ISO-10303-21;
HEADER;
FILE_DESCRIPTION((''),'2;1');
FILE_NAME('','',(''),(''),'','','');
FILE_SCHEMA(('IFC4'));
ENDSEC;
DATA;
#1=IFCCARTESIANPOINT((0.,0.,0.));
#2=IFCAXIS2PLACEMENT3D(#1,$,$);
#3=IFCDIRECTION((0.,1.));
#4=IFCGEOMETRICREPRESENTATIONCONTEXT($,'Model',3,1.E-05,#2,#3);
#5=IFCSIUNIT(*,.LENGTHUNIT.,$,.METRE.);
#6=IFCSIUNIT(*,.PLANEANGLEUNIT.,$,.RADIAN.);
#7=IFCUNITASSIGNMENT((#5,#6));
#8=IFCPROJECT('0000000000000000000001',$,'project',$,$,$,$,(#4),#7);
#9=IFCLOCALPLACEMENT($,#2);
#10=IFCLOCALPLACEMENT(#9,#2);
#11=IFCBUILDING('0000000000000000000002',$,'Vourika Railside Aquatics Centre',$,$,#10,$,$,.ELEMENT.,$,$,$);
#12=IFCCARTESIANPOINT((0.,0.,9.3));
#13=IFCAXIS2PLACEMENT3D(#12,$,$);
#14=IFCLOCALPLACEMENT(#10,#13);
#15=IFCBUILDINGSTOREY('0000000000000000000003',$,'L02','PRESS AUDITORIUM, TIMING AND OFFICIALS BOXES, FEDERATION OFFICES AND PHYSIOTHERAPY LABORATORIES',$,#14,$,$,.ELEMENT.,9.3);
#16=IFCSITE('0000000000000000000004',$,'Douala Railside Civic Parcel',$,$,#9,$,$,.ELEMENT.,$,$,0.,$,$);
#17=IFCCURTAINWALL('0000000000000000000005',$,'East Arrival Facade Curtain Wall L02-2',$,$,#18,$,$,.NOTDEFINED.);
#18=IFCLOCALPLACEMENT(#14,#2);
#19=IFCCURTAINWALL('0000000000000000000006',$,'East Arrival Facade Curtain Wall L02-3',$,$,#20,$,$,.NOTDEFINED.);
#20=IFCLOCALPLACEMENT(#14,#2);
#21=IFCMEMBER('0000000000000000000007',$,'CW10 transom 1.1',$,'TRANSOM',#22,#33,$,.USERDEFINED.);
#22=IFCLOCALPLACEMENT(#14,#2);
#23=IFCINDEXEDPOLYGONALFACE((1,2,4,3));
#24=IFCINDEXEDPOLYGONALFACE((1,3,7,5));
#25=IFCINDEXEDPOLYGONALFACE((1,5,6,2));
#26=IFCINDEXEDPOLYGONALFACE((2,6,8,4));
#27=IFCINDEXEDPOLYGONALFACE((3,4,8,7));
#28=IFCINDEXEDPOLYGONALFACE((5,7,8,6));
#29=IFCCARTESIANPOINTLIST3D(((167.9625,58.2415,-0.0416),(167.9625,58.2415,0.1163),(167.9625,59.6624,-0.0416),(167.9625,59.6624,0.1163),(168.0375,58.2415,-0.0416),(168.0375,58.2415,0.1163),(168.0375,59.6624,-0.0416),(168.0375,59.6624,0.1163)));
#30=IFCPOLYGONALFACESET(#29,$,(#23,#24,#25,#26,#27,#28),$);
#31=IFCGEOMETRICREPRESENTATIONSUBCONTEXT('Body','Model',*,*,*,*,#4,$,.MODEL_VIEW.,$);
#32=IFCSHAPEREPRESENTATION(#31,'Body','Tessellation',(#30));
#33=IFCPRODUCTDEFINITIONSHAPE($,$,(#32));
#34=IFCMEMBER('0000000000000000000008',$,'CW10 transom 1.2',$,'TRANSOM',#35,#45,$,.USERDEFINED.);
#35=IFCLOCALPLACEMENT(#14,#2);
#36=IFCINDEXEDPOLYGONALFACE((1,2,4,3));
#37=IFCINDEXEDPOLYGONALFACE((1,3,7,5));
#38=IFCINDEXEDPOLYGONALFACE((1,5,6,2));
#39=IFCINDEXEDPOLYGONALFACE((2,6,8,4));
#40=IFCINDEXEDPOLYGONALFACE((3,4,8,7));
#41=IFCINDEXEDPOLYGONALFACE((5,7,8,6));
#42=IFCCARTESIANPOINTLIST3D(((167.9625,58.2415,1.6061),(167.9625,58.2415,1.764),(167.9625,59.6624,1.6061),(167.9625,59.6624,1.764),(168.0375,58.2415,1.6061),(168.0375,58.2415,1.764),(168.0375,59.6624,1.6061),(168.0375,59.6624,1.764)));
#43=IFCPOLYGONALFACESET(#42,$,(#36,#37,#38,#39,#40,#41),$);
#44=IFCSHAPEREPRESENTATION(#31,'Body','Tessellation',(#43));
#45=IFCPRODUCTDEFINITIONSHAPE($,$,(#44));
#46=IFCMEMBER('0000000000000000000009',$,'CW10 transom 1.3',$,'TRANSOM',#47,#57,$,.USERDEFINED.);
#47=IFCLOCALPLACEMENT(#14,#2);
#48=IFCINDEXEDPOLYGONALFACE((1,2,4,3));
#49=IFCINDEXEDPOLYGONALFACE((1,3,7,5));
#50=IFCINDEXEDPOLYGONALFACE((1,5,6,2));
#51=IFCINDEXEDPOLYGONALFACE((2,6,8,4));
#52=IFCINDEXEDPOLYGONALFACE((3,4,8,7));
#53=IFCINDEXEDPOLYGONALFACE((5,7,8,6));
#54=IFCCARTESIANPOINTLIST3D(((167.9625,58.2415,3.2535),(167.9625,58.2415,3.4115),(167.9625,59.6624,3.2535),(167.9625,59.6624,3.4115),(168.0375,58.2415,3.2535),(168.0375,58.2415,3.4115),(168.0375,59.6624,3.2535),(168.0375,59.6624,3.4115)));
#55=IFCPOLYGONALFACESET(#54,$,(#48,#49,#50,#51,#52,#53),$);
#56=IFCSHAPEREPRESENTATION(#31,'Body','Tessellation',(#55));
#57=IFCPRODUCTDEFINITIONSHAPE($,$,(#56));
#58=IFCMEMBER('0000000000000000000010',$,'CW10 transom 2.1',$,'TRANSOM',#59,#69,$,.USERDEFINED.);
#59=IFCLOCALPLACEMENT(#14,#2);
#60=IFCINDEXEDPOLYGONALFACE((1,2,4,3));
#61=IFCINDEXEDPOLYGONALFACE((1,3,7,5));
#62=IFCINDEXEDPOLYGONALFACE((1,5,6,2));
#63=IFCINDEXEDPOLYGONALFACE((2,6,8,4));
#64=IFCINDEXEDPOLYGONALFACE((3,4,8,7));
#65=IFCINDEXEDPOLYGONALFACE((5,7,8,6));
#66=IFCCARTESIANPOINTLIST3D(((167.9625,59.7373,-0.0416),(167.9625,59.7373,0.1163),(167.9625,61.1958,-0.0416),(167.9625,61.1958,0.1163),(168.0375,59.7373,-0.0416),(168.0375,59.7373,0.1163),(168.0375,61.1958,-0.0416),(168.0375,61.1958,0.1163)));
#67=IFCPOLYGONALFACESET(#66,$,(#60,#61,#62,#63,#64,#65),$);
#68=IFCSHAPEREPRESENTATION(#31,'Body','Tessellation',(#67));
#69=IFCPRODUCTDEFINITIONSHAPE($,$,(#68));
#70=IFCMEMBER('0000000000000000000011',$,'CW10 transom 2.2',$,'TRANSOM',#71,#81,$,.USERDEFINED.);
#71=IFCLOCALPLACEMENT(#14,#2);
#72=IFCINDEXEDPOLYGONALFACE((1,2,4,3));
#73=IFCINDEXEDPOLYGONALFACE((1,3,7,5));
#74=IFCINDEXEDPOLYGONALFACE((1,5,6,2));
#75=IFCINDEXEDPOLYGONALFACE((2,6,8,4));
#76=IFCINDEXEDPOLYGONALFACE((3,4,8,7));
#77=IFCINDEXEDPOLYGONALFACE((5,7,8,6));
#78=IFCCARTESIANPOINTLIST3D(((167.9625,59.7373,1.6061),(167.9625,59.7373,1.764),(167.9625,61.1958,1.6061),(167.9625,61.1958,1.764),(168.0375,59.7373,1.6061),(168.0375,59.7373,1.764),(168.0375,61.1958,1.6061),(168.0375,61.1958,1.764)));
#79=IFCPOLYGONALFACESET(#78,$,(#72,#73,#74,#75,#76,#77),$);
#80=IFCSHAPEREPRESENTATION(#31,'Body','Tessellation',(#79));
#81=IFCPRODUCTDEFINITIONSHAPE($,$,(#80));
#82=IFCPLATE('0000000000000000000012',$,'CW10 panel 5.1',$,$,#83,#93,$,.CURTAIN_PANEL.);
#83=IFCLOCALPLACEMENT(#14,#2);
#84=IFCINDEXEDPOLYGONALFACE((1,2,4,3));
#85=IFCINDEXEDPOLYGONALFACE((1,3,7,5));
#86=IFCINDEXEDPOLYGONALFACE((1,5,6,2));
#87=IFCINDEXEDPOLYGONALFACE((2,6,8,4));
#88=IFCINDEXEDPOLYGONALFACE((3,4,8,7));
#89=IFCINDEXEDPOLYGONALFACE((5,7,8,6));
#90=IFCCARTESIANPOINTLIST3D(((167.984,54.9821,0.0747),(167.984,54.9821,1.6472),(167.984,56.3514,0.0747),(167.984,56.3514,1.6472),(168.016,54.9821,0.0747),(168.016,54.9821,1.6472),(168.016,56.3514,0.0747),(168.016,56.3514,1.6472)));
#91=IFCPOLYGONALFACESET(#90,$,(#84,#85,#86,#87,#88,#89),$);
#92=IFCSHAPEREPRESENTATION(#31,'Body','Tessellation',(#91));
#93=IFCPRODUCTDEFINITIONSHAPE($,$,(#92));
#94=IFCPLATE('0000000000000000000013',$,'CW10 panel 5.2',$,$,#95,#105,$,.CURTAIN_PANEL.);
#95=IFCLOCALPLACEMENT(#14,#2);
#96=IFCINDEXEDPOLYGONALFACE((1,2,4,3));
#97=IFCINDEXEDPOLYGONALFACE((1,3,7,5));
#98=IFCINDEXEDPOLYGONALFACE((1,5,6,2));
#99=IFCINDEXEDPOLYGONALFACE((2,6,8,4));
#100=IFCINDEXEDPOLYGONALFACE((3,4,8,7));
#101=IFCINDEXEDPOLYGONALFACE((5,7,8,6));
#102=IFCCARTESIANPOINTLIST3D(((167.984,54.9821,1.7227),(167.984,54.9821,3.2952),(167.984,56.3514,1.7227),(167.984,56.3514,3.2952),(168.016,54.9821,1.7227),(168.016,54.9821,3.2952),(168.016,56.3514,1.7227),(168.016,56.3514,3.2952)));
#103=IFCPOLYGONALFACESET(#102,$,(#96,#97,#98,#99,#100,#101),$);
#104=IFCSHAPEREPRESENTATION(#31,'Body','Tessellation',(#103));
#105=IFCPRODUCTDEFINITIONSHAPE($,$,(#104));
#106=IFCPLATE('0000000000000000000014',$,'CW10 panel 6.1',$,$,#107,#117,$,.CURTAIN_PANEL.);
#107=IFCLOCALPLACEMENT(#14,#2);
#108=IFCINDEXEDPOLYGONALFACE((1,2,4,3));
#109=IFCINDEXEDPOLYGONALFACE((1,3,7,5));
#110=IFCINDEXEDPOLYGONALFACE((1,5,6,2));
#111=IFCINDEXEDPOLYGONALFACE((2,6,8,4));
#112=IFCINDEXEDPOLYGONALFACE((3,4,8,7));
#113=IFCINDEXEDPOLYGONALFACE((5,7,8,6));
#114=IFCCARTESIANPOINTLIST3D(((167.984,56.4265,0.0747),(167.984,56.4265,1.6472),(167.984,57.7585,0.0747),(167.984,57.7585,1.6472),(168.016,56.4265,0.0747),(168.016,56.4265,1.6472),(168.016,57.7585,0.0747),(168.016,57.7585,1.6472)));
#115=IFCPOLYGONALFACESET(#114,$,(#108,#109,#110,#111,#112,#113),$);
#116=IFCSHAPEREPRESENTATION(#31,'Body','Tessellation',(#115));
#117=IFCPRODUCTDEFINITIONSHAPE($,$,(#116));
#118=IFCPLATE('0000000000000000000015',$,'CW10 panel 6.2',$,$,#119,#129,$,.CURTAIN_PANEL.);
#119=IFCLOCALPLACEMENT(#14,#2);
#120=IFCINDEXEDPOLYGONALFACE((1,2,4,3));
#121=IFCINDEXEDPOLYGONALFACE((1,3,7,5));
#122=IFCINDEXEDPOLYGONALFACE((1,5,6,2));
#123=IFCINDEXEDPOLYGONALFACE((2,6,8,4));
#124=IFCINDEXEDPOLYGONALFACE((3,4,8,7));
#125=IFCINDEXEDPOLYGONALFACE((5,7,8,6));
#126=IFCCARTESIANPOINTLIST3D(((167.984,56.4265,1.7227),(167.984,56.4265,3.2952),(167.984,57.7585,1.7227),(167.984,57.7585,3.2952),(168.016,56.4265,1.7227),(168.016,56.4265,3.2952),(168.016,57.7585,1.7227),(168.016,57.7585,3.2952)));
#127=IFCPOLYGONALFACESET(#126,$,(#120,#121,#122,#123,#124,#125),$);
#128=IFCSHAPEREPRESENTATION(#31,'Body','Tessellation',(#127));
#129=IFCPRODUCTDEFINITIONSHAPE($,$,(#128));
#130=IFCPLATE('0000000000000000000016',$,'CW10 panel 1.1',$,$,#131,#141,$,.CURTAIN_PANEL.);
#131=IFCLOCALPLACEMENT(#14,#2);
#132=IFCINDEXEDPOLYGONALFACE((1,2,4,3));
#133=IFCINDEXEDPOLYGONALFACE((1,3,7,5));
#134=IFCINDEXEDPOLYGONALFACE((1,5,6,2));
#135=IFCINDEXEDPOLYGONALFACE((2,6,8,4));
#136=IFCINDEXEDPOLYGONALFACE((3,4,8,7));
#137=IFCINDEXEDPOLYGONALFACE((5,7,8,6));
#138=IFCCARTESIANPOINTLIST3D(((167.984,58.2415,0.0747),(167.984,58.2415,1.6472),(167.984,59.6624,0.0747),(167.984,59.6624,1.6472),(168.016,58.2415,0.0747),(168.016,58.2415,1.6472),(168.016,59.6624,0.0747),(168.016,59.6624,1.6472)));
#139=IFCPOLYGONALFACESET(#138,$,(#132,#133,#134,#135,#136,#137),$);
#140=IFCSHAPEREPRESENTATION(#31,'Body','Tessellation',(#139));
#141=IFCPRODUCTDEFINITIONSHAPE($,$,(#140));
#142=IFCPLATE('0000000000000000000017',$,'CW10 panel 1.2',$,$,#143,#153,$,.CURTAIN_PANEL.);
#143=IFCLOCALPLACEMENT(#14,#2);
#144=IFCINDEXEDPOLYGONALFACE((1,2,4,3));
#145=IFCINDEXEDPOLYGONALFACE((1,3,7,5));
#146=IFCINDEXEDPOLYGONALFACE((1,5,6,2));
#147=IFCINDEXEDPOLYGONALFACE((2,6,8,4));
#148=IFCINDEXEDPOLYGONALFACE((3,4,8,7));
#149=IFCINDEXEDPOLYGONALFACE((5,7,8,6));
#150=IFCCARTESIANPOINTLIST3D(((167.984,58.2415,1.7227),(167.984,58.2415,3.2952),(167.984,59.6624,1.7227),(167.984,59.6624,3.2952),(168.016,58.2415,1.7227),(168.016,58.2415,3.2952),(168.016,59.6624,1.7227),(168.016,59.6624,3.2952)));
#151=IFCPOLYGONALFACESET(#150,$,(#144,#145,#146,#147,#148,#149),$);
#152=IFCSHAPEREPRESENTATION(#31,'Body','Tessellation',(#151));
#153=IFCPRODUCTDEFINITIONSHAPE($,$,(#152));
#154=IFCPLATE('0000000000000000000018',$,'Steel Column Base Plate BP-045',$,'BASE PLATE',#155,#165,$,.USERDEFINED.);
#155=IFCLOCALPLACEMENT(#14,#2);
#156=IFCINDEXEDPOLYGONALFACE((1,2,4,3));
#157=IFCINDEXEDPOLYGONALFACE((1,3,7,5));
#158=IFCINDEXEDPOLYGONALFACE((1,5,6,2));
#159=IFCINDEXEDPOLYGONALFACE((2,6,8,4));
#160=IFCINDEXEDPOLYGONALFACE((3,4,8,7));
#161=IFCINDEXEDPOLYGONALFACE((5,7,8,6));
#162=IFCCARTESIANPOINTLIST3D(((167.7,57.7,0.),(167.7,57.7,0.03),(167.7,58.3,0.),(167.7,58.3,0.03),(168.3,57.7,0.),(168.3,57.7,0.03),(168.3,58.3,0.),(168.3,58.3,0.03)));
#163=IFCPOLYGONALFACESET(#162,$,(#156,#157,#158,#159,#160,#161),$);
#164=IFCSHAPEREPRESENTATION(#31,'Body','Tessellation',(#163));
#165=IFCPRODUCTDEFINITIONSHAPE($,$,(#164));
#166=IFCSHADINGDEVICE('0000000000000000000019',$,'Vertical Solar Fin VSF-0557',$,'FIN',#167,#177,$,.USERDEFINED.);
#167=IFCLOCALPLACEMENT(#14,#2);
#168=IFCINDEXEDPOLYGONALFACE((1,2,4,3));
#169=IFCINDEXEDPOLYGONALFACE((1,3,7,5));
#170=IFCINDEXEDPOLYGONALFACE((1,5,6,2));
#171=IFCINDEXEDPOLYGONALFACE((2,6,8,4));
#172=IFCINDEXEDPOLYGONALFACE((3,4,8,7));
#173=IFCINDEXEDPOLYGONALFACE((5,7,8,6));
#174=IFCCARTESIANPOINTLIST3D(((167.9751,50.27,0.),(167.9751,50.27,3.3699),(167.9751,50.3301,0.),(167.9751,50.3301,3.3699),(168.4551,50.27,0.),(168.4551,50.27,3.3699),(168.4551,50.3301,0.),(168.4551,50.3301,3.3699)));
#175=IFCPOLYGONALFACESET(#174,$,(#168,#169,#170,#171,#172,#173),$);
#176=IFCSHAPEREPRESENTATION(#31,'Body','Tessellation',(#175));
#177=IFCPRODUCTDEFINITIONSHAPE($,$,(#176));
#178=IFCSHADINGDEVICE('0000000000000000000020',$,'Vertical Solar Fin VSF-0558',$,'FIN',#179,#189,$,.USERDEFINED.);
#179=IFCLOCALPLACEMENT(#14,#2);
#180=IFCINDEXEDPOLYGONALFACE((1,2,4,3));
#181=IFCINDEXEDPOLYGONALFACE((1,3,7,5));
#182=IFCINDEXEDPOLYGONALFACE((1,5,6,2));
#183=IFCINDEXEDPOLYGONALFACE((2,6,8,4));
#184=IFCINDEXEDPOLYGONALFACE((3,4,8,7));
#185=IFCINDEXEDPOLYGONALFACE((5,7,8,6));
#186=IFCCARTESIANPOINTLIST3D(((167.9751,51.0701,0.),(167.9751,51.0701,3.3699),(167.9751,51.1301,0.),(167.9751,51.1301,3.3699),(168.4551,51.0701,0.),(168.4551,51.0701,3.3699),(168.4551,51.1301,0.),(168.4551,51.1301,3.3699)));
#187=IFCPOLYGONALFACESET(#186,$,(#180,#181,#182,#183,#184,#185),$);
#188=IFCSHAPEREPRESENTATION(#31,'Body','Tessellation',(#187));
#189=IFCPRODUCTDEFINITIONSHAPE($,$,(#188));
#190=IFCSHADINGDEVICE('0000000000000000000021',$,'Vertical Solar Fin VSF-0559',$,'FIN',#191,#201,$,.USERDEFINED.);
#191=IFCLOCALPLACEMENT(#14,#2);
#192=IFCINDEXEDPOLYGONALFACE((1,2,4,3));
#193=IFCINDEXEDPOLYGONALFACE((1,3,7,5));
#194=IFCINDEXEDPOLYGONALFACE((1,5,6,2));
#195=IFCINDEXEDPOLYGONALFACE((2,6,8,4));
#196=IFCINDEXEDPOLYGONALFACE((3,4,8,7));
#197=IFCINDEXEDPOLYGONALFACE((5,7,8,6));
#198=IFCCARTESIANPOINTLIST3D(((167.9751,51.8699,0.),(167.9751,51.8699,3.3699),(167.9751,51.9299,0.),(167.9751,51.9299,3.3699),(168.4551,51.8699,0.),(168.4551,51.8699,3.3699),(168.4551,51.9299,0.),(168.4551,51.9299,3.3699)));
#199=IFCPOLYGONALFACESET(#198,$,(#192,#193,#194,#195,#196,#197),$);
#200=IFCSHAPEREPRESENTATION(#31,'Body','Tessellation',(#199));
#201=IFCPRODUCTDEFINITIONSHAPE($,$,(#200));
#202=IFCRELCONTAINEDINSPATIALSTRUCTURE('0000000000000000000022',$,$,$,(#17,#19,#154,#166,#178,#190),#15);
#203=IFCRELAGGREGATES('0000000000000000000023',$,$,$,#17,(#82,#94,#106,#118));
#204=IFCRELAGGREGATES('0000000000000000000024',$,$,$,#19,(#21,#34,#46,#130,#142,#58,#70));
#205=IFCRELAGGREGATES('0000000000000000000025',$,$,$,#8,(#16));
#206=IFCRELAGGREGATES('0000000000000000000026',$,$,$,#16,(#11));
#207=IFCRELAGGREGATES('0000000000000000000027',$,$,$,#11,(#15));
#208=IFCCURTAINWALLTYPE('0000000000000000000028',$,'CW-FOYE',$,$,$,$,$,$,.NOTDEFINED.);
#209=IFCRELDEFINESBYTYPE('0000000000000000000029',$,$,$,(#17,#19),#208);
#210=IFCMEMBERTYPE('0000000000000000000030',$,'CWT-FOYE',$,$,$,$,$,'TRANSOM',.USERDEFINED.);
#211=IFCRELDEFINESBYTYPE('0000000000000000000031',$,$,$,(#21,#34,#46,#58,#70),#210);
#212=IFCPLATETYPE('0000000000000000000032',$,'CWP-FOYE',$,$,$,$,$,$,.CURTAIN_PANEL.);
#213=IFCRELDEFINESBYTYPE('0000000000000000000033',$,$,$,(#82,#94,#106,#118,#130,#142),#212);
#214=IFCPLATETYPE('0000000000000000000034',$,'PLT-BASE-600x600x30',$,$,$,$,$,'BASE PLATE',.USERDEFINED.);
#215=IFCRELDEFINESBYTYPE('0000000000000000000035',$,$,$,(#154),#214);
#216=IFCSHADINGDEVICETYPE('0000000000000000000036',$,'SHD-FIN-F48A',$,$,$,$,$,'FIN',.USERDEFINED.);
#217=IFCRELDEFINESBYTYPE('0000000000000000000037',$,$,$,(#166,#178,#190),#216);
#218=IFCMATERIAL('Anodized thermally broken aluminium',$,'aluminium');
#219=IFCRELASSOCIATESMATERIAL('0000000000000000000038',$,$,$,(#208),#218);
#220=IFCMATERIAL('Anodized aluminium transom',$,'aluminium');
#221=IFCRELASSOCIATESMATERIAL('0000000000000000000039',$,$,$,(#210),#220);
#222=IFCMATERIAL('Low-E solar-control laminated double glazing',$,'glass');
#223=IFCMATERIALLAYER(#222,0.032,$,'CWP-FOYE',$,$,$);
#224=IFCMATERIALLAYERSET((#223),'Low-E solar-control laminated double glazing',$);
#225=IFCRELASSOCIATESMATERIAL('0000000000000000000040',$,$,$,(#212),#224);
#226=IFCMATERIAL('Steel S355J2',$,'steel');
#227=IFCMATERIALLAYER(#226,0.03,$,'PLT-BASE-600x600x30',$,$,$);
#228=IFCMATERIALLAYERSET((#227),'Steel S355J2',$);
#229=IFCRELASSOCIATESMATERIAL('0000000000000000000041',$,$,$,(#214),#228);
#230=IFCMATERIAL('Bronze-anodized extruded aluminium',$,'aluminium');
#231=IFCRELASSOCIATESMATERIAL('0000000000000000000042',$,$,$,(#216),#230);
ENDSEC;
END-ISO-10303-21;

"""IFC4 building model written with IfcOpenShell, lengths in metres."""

from ifc_helpers import new_model, si_unit, direction, frame, origin, origin_2d, place, context, subcontext, project, spatial, rectangle, extrude, material, layer, layer_set, material_profile, profile_set, type_object, element, aggregate, save


model = new_model("IFC4")

# Units and contexts
model_context = context("Model", 3, precision=1e-05, world=origin(), true_north=direction((0.0, 1.0)))
body_context = subcontext(model_context, "Body", "Model", "MODEL_VIEW")
ifc_project = project(units=[si_unit("LENGTHUNIT", "METRE"), si_unit("PLANEANGLEUNIT", "RADIAN")], contexts=[model_context])

# Site, building, storey
site_placement = place(None, origin())
site = spatial("IfcSite", under=ifc_project, at=site_placement, Name="Douala Railside Civic Parcel", CompositionType="ELEMENT", RefElevation=0.0)
building_placement = place(site_placement, origin())
building = spatial("IfcBuilding", under=site, at=building_placement, Name="Vourika Railside Aquatics Centre", CompositionType="ELEMENT")
storey_placement = place(building_placement, frame((0.0, 0.0, 9.3)))
storey = spatial("IfcBuildingStorey", under=building, at=storey_placement, Name="L02", Description="PRESS AUDITORIUM, TIMING AND OFFICIALS BOXES, FEDERATION OFFICES AND PHYSIOTHERAPY LABORATORIES", CompositionType="ELEMENT", Elevation=9.3)

# Shared definitions
ifc_material_1 = material(Name="Steel S355J2", Category="steel")

# Curtain walls
ifc_material_2 = material(Name="Anodized thermally broken aluminium", Category="aluminium")
curtain_wall_type = type_object("IfcCurtainWallType", Name="CW-FOYE", PredefinedType="NOTDEFINED", material=ifc_material_2)
curtain_wall_1_placement = place(storey_placement, origin())
curtain_wall_1 = element("IfcCurtainWall", 1, at=curtain_wall_1_placement, inside=storey, type_object=curtain_wall_type, Name="East Arrival Facade Curtain Wall L02-2", PredefinedType="NOTDEFINED")
curtain_wall_2_placement = place(storey_placement, origin())
curtain_wall_2 = element("IfcCurtainWall", 2, at=curtain_wall_2_placement, inside=storey, type_object=curtain_wall_type, Name="East Arrival Facade Curtain Wall L02-3", PredefinedType="NOTDEFINED")

# Members
ifc_material_3 = material(Name="Anodized aluminium transom", Category="aluminium")
ifc_material_profile_1 = material_profile(ifc_material_3, rectangle(XDim=0.075, YDim=0.158, at=origin_2d()), Name="ALU-T 75x158")
ifc_profile_set_1 = profile_set([ifc_material_profile_1], Name="Anodized aluminium transom")
member_type_1 = type_object("IfcMemberType", Name="CWT-FOYE", ElementType="TRANSOM", PredefinedType="USERDEFINED", material=ifc_profile_set_1)
member_1_placement = place(storey_placement, frame((168.0, 58.2415, 0.0374), z_axis=(0.0, 1.0, 0.0), x_axis=(-1.0, 0.0, 0.0)))
member_1 = element("IfcMember", 3, at=member_1_placement, type_object=member_type_1, Name="CW10 transom 1.1", ObjectType="TRANSOM", PredefinedType="USERDEFINED", context=body_context, shape_type="SweptSolid", body=[
    extrude(rectangle(XDim=0.075, YDim=0.158, at=origin_2d()), origin(), (0.0, 0.0, 1.0), 1.4209),
])
member_2_placement = place(storey_placement, frame((168.0, 58.2415, 1.6851), z_axis=(0.0, 1.0, 0.0), x_axis=(-1.0, 0.0, 0.0)))
member_2 = element("IfcMember", 4, at=member_2_placement, type_object=member_type_1, Name="CW10 transom 1.2", ObjectType="TRANSOM", PredefinedType="USERDEFINED", context=body_context, shape_type="SweptSolid", body=[
    extrude(rectangle(XDim=0.075, YDim=0.158, at=origin_2d()), origin(), (0.0, 0.0, 1.0), 1.4209),
])
member_3_placement = place(storey_placement, frame((168.0, 58.2415, 3.3325), z_axis=(0.0, 1.0, 0.0), x_axis=(-1.0, 0.0, 0.0)))
member_3 = element("IfcMember", 5, at=member_3_placement, type_object=member_type_1, Name="CW10 transom 1.3", ObjectType="TRANSOM", PredefinedType="USERDEFINED", context=body_context, shape_type="SweptSolid", body=[
    extrude(rectangle(XDim=0.075, YDim=0.158, at=origin_2d()), origin(), (0.0, 0.0, 1.0), 1.4209),
])
member_4_placement = place(storey_placement, frame((168.0, 59.7373, 0.0374), z_axis=(0.0, 1.0, 0.0), x_axis=(-1.0, 0.0, 0.0)))
member_4 = element("IfcMember", 6, at=member_4_placement, type_object=member_type_1, Name="CW10 transom 2.1", ObjectType="TRANSOM", PredefinedType="USERDEFINED", context=body_context, shape_type="SweptSolid", body=[
    extrude(rectangle(XDim=0.075, YDim=0.158, at=origin_2d()), origin(), (0.0, 0.0, 1.0), 1.4585),
])
member_5_placement = place(storey_placement, frame((168.0, 59.7373, 1.6851), z_axis=(0.0, 1.0, 0.0), x_axis=(-1.0, 0.0, 0.0)))
member_5 = element("IfcMember", 7, at=member_5_placement, type_object=member_type_1, Name="CW10 transom 2.2", ObjectType="TRANSOM", PredefinedType="USERDEFINED", context=body_context, shape_type="SweptSolid", body=[
    extrude(rectangle(XDim=0.075, YDim=0.158, at=origin_2d()), origin(), (0.0, 0.0, 1.0), 1.4585),
])

# Plates
ifc_material_4 = material(Name="Low-E solar-control laminated double glazing", Category="glass")
ifc_layer_1 = layer(ifc_material_4, 0.032, Name="CWP-FOYE")
ifc_layer_set_1 = layer_set([ifc_layer_1], Name="Low-E solar-control laminated double glazing")
plate_type_1 = type_object("IfcPlateType", Name="CWP-FOYE", PredefinedType="CURTAIN_PANEL", material=ifc_layer_set_1)
plate_1_placement = place(storey_placement, frame((168.0, 55.6667, 0.0747), z_axis=(0.0, 0.0, 1.0), x_axis=(0.0, 1.0, 0.0)))
plate_1 = element("IfcPlate", 8, at=plate_1_placement, type_object=plate_type_1, Name="CW10 panel 5.1", PredefinedType="CURTAIN_PANEL", context=body_context, shape_type="SweptSolid", body=[
    extrude(rectangle(XDim=1.3694, YDim=0.032, at=origin_2d()), origin(), (0.0, 0.0, 1.0), 1.5725),
])
plate_2_placement = place(storey_placement, frame((168.0, 55.6667, 1.7227), z_axis=(0.0, 0.0, 1.0), x_axis=(0.0, 1.0, 0.0)))
plate_2 = element("IfcPlate", 9, at=plate_2_placement, type_object=plate_type_1, Name="CW10 panel 5.2", PredefinedType="CURTAIN_PANEL", context=body_context, shape_type="SweptSolid", body=[
    extrude(rectangle(XDim=1.3694, YDim=0.032, at=origin_2d()), origin(), (0.0, 0.0, 1.0), 1.5725),
])
plate_3_placement = place(storey_placement, frame((168.0, 57.0925, 0.0747), z_axis=(0.0, 0.0, 1.0), x_axis=(0.0, 1.0, 0.0)))
plate_3 = element("IfcPlate", 10, at=plate_3_placement, type_object=plate_type_1, Name="CW10 panel 6.1", PredefinedType="CURTAIN_PANEL", context=body_context, shape_type="SweptSolid", body=[
    extrude(rectangle(XDim=1.332, YDim=0.032, at=origin_2d()), origin(), (0.0, 0.0, 1.0), 1.5725),
])
plate_4_placement = place(storey_placement, frame((168.0, 57.0925, 1.7227), z_axis=(0.0, 0.0, 1.0), x_axis=(0.0, 1.0, 0.0)))
plate_4 = element("IfcPlate", 11, at=plate_4_placement, type_object=plate_type_1, Name="CW10 panel 6.2", PredefinedType="CURTAIN_PANEL", context=body_context, shape_type="SweptSolid", body=[
    extrude(rectangle(XDim=1.332, YDim=0.032, at=origin_2d()), origin(), (0.0, 0.0, 1.0), 1.5725),
])
aggregate(curtain_wall_1, [plate_1, plate_2, plate_3, plate_4])
plate_5_placement = place(storey_placement, frame((168.0, 58.9519, 0.0747), z_axis=(0.0, 0.0, 1.0), x_axis=(0.0, 1.0, 0.0)))
plate_5 = element("IfcPlate", 12, at=plate_5_placement, type_object=plate_type_1, Name="CW10 panel 1.1", PredefinedType="CURTAIN_PANEL", context=body_context, shape_type="SweptSolid", body=[
    extrude(rectangle(XDim=1.4209, YDim=0.032, at=origin_2d()), origin(), (0.0, 0.0, 1.0), 1.5725),
])
plate_6_placement = place(storey_placement, frame((168.0, 58.9519, 1.7227), z_axis=(0.0, 0.0, 1.0), x_axis=(0.0, 1.0, 0.0)))
plate_6 = element("IfcPlate", 13, at=plate_6_placement, type_object=plate_type_1, Name="CW10 panel 1.2", PredefinedType="CURTAIN_PANEL", context=body_context, shape_type="SweptSolid", body=[
    extrude(rectangle(XDim=1.4209, YDim=0.032, at=origin_2d()), origin(), (0.0, 0.0, 1.0), 1.5725),
])
aggregate(curtain_wall_2, [member_1, member_2, member_3, plate_5, plate_6, member_4, member_5])
ifc_layer_2 = layer(ifc_material_1, 0.03, Name="PLT-BASE-600x600x30")
ifc_layer_set_2 = layer_set([ifc_layer_2], Name="Steel S355J2")
plate_type_2 = type_object("IfcPlateType", Name="PLT-BASE-600x600x30", ElementType="BASE PLATE", PredefinedType="USERDEFINED", material=ifc_layer_set_2)
plate_7_placement = place(storey_placement, frame((168.0, 58.0, 0.0), z_axis=(0.0, 0.0, 1.0), x_axis=(1.0, 0.0, 0.0)))
element("IfcPlate", 14, at=plate_7_placement, inside=storey, type_object=plate_type_2, Name="Steel Column Base Plate BP-045", ObjectType="BASE PLATE", PredefinedType="USERDEFINED", context=body_context, shape_type="SweptSolid", body=[
    extrude(rectangle(XDim=0.6001, YDim=0.6001, at=origin_2d()), origin(), (0.0, 0.0, 1.0), 0.03),
])

# Shading devices
ifc_material_5 = material(Name="Bronze-anodized extruded aluminium", Category="aluminium")
ifc_material_profile_2 = material_profile(ifc_material_5, rectangle(XDim=0.0601, YDim=0.48, at=origin_2d()), Name="ALU-FIN 60x480")
ifc_profile_set_2 = profile_set([ifc_material_profile_2], Name="Bronze-anodized extruded aluminium")
shading_device_type = type_object("IfcShadingDeviceType", Name="SHD-FIN-F48A", ElementType="FIN", PredefinedType="USERDEFINED", material=ifc_profile_set_2)
for number, where, z_axis, x_axis, name in (
    (15, (168.2151, 50.3, 0.0), (0.0, 0.0, 1.0), (0.0, -1.0, 0.0), "Vertical Solar Fin VSF-0557"),
    (16, (168.2151, 51.1001, 0.0), (0.0, 0.0, 1.0), (0.0, -1.0, 0.0), "Vertical Solar Fin VSF-0558"),
    (17, (168.2151, 51.8999, 0.0), (0.0, 0.0, 1.0), (0.0, -1.0, 0.0), "Vertical Solar Fin VSF-0559"),
):
    element("IfcShadingDevice", number, at=place(storey_placement, frame(where, z_axis=z_axis, x_axis=x_axis)), inside=storey, type_object=shading_device_type, Name=name, ObjectType="FIN", PredefinedType="USERDEFINED", context=body_context, shape_type="SweptSolid", body=[
        extrude(rectangle(XDim=0.0601, YDim=0.48, at=origin_2d()), origin(), (0.0, 0.0, 1.0), 3.3699),
    ])

save(model, "model.ifc")
